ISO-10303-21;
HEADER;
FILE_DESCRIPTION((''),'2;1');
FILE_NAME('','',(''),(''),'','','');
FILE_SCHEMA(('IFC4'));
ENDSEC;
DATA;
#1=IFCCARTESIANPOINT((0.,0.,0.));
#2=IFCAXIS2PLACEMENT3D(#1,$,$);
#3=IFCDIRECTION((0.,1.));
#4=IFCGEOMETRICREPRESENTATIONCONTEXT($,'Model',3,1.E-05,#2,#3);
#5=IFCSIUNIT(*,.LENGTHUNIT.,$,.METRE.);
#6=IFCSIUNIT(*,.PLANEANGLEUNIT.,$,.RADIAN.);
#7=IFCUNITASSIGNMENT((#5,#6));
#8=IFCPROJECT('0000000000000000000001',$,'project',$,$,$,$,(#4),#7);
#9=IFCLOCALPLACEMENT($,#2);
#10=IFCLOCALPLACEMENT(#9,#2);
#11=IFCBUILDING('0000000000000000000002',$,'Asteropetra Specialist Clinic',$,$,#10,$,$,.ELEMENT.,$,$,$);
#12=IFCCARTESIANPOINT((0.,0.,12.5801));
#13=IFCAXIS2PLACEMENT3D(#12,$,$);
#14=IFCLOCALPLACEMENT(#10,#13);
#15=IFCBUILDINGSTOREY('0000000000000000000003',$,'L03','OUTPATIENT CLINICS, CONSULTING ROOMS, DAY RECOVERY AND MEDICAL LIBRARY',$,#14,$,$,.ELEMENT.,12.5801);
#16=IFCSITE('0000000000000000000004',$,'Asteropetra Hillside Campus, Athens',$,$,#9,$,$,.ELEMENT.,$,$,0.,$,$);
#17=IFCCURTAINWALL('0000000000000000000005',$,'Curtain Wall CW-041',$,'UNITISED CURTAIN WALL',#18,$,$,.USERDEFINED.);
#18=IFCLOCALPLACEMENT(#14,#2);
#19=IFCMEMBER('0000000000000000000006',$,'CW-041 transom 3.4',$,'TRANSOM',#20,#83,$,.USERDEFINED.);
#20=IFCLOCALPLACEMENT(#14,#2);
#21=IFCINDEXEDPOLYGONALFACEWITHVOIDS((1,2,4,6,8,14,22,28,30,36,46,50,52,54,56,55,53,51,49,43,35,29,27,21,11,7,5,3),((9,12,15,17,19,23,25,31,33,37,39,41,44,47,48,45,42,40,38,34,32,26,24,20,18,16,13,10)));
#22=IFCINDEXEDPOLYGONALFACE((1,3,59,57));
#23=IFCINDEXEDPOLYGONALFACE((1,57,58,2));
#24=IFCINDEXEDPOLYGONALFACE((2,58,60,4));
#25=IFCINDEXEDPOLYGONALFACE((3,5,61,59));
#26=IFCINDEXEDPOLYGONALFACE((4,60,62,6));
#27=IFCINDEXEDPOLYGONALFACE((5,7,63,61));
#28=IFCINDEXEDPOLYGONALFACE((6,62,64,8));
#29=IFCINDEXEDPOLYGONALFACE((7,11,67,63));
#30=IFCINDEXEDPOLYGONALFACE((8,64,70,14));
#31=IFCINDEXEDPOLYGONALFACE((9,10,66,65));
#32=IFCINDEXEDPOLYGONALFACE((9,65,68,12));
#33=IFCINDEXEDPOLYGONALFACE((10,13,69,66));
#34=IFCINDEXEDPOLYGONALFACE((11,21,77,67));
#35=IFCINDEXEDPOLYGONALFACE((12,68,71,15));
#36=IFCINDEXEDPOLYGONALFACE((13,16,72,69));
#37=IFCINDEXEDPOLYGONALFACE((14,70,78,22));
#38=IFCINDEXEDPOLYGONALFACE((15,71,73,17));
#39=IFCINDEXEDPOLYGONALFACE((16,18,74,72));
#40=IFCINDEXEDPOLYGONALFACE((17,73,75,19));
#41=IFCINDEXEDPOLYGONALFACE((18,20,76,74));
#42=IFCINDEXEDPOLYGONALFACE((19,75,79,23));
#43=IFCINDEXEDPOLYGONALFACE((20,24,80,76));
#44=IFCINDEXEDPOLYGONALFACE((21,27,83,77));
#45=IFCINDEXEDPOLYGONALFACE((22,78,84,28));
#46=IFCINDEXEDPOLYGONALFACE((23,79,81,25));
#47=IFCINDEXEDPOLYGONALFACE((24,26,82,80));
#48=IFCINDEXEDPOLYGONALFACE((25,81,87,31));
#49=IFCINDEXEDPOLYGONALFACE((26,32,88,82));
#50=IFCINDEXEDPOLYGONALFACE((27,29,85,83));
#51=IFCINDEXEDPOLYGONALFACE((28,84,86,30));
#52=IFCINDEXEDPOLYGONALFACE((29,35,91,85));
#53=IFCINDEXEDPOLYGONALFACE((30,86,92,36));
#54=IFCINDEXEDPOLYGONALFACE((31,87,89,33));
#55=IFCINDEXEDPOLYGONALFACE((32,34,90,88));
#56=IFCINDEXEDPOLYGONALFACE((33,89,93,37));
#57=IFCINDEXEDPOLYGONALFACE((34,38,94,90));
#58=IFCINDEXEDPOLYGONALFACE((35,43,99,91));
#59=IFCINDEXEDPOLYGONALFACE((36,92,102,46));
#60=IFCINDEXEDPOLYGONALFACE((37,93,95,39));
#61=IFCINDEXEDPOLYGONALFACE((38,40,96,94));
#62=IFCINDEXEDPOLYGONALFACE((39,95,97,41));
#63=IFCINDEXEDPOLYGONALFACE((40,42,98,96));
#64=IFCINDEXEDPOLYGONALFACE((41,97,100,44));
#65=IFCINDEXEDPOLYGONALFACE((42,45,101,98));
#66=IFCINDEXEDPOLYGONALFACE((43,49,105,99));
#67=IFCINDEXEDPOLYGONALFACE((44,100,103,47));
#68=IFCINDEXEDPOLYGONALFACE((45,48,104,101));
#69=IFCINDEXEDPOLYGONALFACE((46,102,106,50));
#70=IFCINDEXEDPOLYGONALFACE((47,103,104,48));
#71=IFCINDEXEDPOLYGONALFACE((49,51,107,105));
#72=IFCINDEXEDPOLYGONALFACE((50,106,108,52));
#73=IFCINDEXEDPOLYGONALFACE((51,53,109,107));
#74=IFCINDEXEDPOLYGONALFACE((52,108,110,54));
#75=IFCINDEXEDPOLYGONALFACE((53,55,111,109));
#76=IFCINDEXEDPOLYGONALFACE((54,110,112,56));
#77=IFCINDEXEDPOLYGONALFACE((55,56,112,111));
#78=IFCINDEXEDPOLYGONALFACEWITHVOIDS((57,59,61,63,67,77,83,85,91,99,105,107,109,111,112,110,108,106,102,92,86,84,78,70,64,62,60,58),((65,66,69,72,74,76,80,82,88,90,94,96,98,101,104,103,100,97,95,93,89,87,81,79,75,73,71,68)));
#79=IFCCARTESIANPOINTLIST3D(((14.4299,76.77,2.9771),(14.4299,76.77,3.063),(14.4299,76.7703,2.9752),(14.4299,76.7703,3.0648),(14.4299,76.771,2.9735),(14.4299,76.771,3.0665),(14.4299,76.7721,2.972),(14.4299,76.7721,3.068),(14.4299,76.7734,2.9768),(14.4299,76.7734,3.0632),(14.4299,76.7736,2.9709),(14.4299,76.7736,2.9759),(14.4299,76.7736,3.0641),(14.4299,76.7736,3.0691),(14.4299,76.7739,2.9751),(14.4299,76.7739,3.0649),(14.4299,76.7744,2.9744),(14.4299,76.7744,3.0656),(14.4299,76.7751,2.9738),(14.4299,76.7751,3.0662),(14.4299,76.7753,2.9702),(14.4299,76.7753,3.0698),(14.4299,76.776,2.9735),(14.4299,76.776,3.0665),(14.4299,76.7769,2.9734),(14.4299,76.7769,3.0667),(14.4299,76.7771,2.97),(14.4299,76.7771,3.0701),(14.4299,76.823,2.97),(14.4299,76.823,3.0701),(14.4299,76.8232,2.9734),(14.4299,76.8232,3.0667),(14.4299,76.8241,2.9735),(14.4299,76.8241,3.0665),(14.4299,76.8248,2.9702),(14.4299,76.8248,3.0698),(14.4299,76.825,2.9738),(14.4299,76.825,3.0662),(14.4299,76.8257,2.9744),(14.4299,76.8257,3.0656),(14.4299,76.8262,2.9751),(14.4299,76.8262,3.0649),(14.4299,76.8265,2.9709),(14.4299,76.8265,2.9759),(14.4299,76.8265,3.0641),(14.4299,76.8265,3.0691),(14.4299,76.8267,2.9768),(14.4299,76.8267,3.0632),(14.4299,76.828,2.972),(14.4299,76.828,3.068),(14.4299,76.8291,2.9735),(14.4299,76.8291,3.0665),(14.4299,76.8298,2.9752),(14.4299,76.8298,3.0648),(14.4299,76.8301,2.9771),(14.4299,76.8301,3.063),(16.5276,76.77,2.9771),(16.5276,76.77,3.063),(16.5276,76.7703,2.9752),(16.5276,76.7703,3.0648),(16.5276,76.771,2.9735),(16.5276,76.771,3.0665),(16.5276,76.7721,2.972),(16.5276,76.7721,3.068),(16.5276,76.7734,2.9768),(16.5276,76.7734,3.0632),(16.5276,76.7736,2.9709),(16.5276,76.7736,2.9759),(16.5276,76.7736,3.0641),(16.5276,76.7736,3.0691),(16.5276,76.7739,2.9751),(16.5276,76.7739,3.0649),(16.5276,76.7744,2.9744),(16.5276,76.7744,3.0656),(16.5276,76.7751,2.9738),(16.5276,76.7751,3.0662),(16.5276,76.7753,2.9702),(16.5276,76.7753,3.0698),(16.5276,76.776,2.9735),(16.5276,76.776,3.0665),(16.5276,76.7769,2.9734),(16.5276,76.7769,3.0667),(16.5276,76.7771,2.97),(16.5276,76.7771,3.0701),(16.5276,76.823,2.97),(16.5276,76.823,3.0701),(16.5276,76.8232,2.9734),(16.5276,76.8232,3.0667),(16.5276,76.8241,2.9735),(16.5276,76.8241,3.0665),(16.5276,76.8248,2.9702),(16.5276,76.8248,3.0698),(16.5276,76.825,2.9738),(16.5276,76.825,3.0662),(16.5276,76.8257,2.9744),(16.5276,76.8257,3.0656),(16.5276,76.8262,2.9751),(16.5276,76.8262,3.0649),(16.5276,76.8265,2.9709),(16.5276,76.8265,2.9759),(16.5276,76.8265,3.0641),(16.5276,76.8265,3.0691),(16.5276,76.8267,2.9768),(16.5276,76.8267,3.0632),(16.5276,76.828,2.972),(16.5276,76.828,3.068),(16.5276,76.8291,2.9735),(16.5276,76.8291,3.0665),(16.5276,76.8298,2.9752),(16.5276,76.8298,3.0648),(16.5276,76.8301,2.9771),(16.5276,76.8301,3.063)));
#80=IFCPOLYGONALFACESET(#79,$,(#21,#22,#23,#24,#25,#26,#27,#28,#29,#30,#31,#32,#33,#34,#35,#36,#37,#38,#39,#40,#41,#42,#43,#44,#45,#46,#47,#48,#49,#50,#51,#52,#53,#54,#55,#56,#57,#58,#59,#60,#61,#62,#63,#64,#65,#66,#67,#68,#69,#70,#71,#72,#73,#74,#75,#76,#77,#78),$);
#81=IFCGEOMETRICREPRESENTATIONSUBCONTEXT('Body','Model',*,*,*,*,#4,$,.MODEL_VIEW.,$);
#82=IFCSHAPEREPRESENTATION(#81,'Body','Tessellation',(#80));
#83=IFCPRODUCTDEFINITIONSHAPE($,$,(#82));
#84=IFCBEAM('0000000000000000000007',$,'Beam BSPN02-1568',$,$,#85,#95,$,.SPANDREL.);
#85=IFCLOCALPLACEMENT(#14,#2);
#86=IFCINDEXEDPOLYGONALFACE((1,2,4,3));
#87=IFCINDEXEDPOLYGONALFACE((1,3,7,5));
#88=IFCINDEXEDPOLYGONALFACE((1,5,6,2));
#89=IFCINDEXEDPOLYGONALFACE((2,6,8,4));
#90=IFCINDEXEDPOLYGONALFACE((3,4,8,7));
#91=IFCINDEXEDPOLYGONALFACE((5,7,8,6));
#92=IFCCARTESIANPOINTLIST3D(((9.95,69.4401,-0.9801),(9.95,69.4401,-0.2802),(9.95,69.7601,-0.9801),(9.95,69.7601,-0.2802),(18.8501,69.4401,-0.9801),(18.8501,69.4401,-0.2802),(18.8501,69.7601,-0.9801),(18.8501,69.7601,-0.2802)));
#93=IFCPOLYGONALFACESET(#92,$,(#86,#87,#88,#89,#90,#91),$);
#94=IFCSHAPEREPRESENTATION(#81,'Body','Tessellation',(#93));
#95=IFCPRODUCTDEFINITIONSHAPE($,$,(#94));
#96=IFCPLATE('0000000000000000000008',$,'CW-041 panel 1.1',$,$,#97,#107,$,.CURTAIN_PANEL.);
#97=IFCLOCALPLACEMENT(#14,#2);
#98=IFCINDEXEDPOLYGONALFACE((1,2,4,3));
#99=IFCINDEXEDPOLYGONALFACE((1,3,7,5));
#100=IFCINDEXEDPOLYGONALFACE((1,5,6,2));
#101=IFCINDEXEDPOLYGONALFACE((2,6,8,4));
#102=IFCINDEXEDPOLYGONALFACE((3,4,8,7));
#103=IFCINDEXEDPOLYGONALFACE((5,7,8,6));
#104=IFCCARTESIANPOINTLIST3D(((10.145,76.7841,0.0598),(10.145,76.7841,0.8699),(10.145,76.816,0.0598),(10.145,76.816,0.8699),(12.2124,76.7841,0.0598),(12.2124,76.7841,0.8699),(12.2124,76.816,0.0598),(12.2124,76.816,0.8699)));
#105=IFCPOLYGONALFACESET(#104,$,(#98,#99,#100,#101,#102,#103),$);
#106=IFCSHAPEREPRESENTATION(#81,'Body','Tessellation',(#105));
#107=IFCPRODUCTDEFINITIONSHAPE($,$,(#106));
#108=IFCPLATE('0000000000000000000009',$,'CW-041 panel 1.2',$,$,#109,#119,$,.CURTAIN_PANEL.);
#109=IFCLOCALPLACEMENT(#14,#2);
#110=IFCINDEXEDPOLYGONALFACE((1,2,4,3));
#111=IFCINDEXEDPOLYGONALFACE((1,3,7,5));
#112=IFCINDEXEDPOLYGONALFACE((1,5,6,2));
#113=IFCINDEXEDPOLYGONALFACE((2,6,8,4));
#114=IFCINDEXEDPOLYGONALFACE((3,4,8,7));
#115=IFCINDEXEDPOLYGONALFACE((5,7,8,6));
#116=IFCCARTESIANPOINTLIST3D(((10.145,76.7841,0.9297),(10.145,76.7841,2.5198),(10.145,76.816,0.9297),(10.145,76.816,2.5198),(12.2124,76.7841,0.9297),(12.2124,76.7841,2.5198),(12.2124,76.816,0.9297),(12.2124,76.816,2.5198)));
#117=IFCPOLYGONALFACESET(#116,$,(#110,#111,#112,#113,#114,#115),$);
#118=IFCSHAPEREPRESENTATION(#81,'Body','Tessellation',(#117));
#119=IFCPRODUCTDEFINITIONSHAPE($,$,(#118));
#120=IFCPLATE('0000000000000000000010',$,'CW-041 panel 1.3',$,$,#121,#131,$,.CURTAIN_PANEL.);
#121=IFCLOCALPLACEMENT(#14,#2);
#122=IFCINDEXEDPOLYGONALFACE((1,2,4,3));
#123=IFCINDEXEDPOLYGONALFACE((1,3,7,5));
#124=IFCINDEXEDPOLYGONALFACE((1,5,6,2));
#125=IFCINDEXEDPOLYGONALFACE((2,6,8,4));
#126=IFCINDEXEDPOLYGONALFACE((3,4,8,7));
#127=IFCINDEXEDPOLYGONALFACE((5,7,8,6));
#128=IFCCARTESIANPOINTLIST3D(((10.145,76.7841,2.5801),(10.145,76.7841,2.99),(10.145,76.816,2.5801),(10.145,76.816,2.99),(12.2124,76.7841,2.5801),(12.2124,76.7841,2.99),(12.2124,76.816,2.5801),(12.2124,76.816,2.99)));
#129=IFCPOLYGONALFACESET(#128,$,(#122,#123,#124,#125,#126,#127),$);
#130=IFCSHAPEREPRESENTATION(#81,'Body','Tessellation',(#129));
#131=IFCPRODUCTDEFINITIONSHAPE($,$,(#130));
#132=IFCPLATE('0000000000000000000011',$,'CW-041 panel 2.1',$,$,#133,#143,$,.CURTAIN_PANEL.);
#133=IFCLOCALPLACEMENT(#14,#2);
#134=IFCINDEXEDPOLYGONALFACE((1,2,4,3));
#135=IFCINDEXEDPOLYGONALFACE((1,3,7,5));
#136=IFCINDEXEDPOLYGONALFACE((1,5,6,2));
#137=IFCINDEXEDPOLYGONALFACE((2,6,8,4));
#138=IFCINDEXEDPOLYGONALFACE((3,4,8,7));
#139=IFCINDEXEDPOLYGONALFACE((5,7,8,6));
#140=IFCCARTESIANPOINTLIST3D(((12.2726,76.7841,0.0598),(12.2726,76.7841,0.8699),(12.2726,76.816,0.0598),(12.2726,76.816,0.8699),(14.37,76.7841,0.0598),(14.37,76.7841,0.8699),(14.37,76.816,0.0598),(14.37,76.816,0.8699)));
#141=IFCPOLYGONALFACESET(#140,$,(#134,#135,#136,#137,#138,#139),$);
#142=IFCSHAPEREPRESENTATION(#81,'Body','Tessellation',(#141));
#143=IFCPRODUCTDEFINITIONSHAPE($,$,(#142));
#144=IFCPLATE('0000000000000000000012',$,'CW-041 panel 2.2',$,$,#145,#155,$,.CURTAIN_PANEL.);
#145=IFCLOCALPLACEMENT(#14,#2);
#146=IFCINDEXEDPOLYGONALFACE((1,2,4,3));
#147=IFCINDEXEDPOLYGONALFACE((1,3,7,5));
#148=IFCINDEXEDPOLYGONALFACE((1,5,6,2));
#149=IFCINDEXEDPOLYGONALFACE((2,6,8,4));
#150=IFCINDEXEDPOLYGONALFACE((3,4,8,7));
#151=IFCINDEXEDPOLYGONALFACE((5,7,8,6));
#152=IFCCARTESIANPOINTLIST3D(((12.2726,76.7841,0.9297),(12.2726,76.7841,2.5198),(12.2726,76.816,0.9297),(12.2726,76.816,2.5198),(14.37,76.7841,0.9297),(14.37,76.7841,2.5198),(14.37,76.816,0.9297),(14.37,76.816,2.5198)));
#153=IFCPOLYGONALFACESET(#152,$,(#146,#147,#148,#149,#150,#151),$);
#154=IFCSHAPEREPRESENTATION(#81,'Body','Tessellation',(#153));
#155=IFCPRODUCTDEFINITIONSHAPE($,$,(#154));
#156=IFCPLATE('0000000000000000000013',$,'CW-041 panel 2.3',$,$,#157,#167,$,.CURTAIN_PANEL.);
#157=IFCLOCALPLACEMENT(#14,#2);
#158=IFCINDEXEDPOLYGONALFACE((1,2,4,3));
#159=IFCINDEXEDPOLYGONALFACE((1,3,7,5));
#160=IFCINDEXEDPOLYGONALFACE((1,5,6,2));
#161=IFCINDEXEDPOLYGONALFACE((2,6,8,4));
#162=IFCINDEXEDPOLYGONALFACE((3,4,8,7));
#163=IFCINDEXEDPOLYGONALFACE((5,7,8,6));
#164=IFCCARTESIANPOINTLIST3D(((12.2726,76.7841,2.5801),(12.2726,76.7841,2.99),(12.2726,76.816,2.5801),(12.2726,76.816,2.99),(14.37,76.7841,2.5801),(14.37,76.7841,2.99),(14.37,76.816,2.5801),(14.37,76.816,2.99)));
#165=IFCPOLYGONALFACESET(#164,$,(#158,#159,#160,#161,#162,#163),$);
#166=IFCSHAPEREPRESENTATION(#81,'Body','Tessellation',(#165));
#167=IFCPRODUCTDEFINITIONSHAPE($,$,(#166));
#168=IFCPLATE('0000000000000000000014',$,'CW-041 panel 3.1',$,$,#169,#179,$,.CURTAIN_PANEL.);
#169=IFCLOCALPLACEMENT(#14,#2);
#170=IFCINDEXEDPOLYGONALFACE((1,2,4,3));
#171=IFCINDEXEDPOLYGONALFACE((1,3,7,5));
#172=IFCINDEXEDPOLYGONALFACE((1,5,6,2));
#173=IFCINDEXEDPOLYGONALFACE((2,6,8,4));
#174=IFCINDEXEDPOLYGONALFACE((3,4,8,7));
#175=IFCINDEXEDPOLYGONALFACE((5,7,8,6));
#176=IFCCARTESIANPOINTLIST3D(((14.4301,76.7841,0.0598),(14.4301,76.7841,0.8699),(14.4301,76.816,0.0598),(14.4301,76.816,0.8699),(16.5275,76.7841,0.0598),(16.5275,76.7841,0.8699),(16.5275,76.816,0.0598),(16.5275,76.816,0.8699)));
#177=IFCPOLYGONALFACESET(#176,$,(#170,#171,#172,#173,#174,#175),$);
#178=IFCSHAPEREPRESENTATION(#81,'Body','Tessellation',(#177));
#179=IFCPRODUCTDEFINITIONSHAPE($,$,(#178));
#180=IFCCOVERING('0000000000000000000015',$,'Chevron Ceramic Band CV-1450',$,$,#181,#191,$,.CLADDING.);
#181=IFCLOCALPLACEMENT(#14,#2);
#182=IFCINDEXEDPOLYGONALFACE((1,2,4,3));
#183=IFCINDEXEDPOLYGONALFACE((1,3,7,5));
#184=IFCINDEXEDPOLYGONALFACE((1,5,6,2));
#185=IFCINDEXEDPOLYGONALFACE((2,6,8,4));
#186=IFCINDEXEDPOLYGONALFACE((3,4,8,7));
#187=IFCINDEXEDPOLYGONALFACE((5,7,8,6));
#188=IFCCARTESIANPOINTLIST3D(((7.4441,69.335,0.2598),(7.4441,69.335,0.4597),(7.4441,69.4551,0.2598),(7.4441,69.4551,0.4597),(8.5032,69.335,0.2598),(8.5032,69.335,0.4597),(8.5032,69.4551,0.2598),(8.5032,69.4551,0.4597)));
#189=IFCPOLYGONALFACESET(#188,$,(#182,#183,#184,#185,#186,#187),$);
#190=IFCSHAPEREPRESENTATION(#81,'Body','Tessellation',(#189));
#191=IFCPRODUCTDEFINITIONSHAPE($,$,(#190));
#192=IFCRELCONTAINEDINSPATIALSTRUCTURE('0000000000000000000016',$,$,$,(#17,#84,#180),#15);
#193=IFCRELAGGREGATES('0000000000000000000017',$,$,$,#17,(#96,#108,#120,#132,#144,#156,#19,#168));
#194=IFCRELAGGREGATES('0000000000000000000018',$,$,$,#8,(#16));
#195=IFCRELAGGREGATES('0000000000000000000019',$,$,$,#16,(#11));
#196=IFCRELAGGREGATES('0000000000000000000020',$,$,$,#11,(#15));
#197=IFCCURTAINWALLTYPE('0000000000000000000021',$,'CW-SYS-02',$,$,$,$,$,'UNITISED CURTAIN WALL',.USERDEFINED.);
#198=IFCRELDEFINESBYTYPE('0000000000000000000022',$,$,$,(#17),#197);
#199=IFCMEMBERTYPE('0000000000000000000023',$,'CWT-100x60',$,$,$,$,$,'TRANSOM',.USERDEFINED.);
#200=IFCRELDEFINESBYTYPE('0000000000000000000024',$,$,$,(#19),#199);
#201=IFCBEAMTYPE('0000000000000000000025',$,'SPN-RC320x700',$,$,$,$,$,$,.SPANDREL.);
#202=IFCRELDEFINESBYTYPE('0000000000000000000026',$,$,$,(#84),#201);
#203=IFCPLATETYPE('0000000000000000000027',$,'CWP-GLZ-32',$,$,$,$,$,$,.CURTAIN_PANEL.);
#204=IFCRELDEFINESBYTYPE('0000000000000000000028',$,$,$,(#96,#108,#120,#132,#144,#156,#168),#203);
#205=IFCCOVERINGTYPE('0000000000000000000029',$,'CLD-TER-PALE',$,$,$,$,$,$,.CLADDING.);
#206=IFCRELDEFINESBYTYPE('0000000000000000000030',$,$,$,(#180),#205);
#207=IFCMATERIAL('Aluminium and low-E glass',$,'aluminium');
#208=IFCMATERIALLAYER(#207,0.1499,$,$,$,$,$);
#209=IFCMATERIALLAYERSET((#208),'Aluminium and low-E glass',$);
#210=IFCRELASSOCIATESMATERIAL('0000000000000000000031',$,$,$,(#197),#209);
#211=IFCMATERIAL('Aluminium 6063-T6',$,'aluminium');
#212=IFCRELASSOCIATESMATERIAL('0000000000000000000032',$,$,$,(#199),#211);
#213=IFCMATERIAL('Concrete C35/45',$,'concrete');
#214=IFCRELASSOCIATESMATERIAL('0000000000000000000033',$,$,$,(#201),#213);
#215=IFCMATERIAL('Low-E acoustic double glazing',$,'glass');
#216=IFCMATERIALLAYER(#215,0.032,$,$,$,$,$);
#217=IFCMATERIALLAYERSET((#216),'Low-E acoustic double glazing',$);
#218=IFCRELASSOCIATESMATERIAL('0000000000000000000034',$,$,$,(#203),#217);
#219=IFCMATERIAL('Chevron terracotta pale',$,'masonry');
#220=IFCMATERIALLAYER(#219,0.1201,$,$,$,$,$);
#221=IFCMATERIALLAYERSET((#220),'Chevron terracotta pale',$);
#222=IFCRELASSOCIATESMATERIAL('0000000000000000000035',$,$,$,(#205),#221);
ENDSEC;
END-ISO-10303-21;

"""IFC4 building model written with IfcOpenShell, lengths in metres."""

from ifc_helpers import new_model, si_unit, direction, frame, origin, origin_2d, place, context, subcontext, project, spatial, rectangle, hollow_rectangle, extrude, material, layer, layer_set, material_profile, profile_set, type_object, element, aggregate, save


model = new_model("IFC4")

# Units and contexts
model_context = context("Model", 3, precision=1e-05, world=origin(), true_north=direction((0.0, 1.0)))
body_context = subcontext(model_context, "Body", "Model", "MODEL_VIEW")
ifc_project = project(units=[si_unit("LENGTHUNIT", "METRE"), si_unit("PLANEANGLEUNIT", "RADIAN")], contexts=[model_context])

# Site, building, storey
site_placement = place(None, origin())
site = spatial("IfcSite", under=ifc_project, at=site_placement, Name="Asteropetra Hillside Campus, Athens", CompositionType="ELEMENT", RefElevation=0.0)
building_placement = place(site_placement, origin())
building = spatial("IfcBuilding", under=site, at=building_placement, Name="Asteropetra Specialist Clinic", CompositionType="ELEMENT")
storey_placement = place(building_placement, frame((0.0, 0.0, 12.5801)))
storey = spatial("IfcBuildingStorey", under=building, at=storey_placement, Name="L03", Description="OUTPATIENT CLINICS, CONSULTING ROOMS, DAY RECOVERY AND MEDICAL LIBRARY", CompositionType="ELEMENT", Elevation=12.5801)

# Curtain wall, member
ifc_material_1 = material(Name="Aluminium and low-E glass", Category="aluminium")
ifc_layer_1 = layer(ifc_material_1, 0.1499)
ifc_layer_set_1 = layer_set([ifc_layer_1], Name="Aluminium and low-E glass")
curtain_wall_type = type_object("IfcCurtainWallType", Name="CW-SYS-02", ElementType="UNITISED CURTAIN WALL", PredefinedType="USERDEFINED", material=ifc_layer_set_1)
curtain_wall_placement = place(storey_placement, origin())
curtain_wall = element("IfcCurtainWall", 1, at=curtain_wall_placement, inside=storey, type_object=curtain_wall_type, Name="Curtain Wall CW-041", ObjectType="UNITISED CURTAIN WALL", PredefinedType="USERDEFINED")
ifc_material_2 = material(Name="Aluminium 6063-T6", Category="aluminium")
ifc_material_profile_1 = material_profile(ifc_material_2, hollow_rectangle(XDim=0.0601, YDim=0.1001, WallThickness=0.0034, InnerFilletRadius=0.0034, OuterFilletRadius=0.0071, at=origin_2d()), Name="TRN 100x60x3.5")
ifc_profile_set_1 = profile_set([ifc_material_profile_1], Name="Aluminium 6063-T6")
member_type_1 = type_object("IfcMemberType", Name="CWT-100x60", ElementType="TRANSOM", PredefinedType="USERDEFINED", material=ifc_profile_set_1)
member_1_placement = place(storey_placement, frame((14.4299, 76.8, 3.02), z_axis=(1.0, 0.0, 0.0), x_axis=(0.0, 1.0, 0.0)))
member_1 = element("IfcMember", 2, at=member_1_placement, type_object=member_type_1, Name="CW-041 transom 3.4", ObjectType="TRANSOM", PredefinedType="USERDEFINED", context=body_context, shape_type="SweptSolid", body=[
    extrude(hollow_rectangle(XDim=0.0601, YDim=0.1001, WallThickness=0.0034, InnerFilletRadius=0.0034, OuterFilletRadius=0.0071, at=origin_2d()), origin(), (0.0, 0.0, 1.0), 2.0977),
])

# Beam
ifc_material_3 = material(Name="Concrete C35/45", Category="concrete")
ifc_material_profile_2 = material_profile(ifc_material_3, rectangle(XDim=0.3201, YDim=0.7, at=origin_2d()), Name="RCS 320x700")
ifc_profile_set_2 = profile_set([ifc_material_profile_2], Name="Concrete C35/45")
beam_type_1 = type_object("IfcBeamType", Name="SPN-RC320x700", PredefinedType="SPANDREL", material=ifc_profile_set_2)
beam_1_placement = place(storey_placement, frame((9.95, 69.6001, -0.6301), z_axis=(1.0, 0.0, 0.0), x_axis=(0.0, 1.0, 0.0)))
element("IfcBeam", 3, at=beam_1_placement, inside=storey, type_object=beam_type_1, Name="Beam BSPN02-1568", PredefinedType="SPANDREL", context=body_context, shape_type="SweptSolid", body=[
    extrude(rectangle(XDim=0.3201, YDim=0.7, at=origin_2d()), origin(), (0.0, 0.0, 1.0), 8.9001),
])

# Plates
ifc_material_4 = material(Name="Low-E acoustic double glazing", Category="glass")
ifc_layer_2 = layer(ifc_material_4, 0.032)
ifc_layer_set_2 = layer_set([ifc_layer_2], Name="Low-E acoustic double glazing")
plate_type = type_object("IfcPlateType", Name="CWP-GLZ-32", PredefinedType="CURTAIN_PANEL", material=ifc_layer_set_2)
plate_1_placement = place(storey_placement, frame((11.1787, 76.8, 0.0598), z_axis=(0.0, 0.0, 1.0), x_axis=(1.0, 0.0, 0.0)))
plate_1 = element("IfcPlate", 4, at=plate_1_placement, type_object=plate_type, Name="CW-041 panel 1.1", PredefinedType="CURTAIN_PANEL", context=body_context, shape_type="SweptSolid", body=[
    extrude(rectangle(XDim=2.0674, YDim=0.032, at=origin_2d()), origin(), (0.0, 0.0, 1.0), 0.8101),
])
plate_2_placement = place(storey_placement, frame((11.1787, 76.8, 0.9297), z_axis=(0.0, 0.0, 1.0), x_axis=(1.0, 0.0, 0.0)))
plate_2 = element("IfcPlate", 5, at=plate_2_placement, type_object=plate_type, Name="CW-041 panel 1.2", PredefinedType="CURTAIN_PANEL", context=body_context, shape_type="SweptSolid", body=[
    extrude(rectangle(XDim=2.0674, YDim=0.032, at=origin_2d()), origin(), (0.0, 0.0, 1.0), 1.5901),
])
plate_3_placement = place(storey_placement, frame((11.1787, 76.8, 2.5801), z_axis=(0.0, 0.0, 1.0), x_axis=(1.0, 0.0, 0.0)))
plate_3 = element("IfcPlate", 6, at=plate_3_placement, type_object=plate_type, Name="CW-041 panel 1.3", PredefinedType="CURTAIN_PANEL", context=body_context, shape_type="SweptSolid", body=[
    extrude(rectangle(XDim=2.0674, YDim=0.032, at=origin_2d()), origin(), (0.0, 0.0, 1.0), 0.4099),
])
plate_4_placement = place(storey_placement, frame((13.3213, 76.8, 0.0598), z_axis=(0.0, 0.0, 1.0), x_axis=(1.0, 0.0, 0.0)))
plate_4 = element("IfcPlate", 7, at=plate_4_placement, type_object=plate_type, Name="CW-041 panel 2.1", PredefinedType="CURTAIN_PANEL", context=body_context, shape_type="SweptSolid", body=[
    extrude(rectangle(XDim=2.0974, YDim=0.032, at=origin_2d()), origin(), (0.0, 0.0, 1.0), 0.8101),
])
plate_5_placement = place(storey_placement, frame((13.3213, 76.8, 0.9297), z_axis=(0.0, 0.0, 1.0), x_axis=(1.0, 0.0, 0.0)))
plate_5 = element("IfcPlate", 8, at=plate_5_placement, type_object=plate_type, Name="CW-041 panel 2.2", PredefinedType="CURTAIN_PANEL", context=body_context, shape_type="SweptSolid", body=[
    extrude(rectangle(XDim=2.0974, YDim=0.032, at=origin_2d()), origin(), (0.0, 0.0, 1.0), 1.5901),
])
plate_6_placement = place(storey_placement, frame((13.3213, 76.8, 2.5801), z_axis=(0.0, 0.0, 1.0), x_axis=(1.0, 0.0, 0.0)))
plate_6 = element("IfcPlate", 9, at=plate_6_placement, type_object=plate_type, Name="CW-041 panel 2.3", PredefinedType="CURTAIN_PANEL", context=body_context, shape_type="SweptSolid", body=[
    extrude(rectangle(XDim=2.0974, YDim=0.032, at=origin_2d()), origin(), (0.0, 0.0, 1.0), 0.4099),
])
plate_7_placement = place(storey_placement, frame((15.4788, 76.8, 0.0598), z_axis=(0.0, 0.0, 1.0), x_axis=(1.0, 0.0, 0.0)))
plate_7 = element("IfcPlate", 10, at=plate_7_placement, type_object=plate_type, Name="CW-041 panel 3.1", PredefinedType="CURTAIN_PANEL", context=body_context, shape_type="SweptSolid", body=[
    extrude(rectangle(XDim=2.0974, YDim=0.032, at=origin_2d()), origin(), (0.0, 0.0, 1.0), 0.8101),
])
aggregate(curtain_wall, [plate_1, plate_2, plate_3, plate_4, plate_5, plate_6, member_1, plate_7])

# Covering
ifc_material_5 = material(Name="Chevron terracotta pale", Category="masonry")
ifc_layer_3 = layer(ifc_material_5, 0.1201)
ifc_layer_set_3 = layer_set([ifc_layer_3], Name="Chevron terracotta pale")
covering_type = type_object("IfcCoveringType", Name="CLD-TER-PALE", PredefinedType="CLADDING", material=ifc_layer_set_3)
covering_placement = place(storey_placement, frame((7.9736, 69.395, 0.2598), z_axis=(0.0, 0.0, 1.0), x_axis=(1.0, 0.0, 0.0)))
element("IfcCovering", 11, at=covering_placement, inside=storey, type_object=covering_type, Name="Chevron Ceramic Band CV-1450", PredefinedType="CLADDING", context=body_context, shape_type="SweptSolid", body=[
    extrude(rectangle(XDim=1.0591, YDim=0.1201, at=origin_2d()), origin(), (0.0, 0.0, 1.0), 0.2),
])

save(model, "model.ifc")
